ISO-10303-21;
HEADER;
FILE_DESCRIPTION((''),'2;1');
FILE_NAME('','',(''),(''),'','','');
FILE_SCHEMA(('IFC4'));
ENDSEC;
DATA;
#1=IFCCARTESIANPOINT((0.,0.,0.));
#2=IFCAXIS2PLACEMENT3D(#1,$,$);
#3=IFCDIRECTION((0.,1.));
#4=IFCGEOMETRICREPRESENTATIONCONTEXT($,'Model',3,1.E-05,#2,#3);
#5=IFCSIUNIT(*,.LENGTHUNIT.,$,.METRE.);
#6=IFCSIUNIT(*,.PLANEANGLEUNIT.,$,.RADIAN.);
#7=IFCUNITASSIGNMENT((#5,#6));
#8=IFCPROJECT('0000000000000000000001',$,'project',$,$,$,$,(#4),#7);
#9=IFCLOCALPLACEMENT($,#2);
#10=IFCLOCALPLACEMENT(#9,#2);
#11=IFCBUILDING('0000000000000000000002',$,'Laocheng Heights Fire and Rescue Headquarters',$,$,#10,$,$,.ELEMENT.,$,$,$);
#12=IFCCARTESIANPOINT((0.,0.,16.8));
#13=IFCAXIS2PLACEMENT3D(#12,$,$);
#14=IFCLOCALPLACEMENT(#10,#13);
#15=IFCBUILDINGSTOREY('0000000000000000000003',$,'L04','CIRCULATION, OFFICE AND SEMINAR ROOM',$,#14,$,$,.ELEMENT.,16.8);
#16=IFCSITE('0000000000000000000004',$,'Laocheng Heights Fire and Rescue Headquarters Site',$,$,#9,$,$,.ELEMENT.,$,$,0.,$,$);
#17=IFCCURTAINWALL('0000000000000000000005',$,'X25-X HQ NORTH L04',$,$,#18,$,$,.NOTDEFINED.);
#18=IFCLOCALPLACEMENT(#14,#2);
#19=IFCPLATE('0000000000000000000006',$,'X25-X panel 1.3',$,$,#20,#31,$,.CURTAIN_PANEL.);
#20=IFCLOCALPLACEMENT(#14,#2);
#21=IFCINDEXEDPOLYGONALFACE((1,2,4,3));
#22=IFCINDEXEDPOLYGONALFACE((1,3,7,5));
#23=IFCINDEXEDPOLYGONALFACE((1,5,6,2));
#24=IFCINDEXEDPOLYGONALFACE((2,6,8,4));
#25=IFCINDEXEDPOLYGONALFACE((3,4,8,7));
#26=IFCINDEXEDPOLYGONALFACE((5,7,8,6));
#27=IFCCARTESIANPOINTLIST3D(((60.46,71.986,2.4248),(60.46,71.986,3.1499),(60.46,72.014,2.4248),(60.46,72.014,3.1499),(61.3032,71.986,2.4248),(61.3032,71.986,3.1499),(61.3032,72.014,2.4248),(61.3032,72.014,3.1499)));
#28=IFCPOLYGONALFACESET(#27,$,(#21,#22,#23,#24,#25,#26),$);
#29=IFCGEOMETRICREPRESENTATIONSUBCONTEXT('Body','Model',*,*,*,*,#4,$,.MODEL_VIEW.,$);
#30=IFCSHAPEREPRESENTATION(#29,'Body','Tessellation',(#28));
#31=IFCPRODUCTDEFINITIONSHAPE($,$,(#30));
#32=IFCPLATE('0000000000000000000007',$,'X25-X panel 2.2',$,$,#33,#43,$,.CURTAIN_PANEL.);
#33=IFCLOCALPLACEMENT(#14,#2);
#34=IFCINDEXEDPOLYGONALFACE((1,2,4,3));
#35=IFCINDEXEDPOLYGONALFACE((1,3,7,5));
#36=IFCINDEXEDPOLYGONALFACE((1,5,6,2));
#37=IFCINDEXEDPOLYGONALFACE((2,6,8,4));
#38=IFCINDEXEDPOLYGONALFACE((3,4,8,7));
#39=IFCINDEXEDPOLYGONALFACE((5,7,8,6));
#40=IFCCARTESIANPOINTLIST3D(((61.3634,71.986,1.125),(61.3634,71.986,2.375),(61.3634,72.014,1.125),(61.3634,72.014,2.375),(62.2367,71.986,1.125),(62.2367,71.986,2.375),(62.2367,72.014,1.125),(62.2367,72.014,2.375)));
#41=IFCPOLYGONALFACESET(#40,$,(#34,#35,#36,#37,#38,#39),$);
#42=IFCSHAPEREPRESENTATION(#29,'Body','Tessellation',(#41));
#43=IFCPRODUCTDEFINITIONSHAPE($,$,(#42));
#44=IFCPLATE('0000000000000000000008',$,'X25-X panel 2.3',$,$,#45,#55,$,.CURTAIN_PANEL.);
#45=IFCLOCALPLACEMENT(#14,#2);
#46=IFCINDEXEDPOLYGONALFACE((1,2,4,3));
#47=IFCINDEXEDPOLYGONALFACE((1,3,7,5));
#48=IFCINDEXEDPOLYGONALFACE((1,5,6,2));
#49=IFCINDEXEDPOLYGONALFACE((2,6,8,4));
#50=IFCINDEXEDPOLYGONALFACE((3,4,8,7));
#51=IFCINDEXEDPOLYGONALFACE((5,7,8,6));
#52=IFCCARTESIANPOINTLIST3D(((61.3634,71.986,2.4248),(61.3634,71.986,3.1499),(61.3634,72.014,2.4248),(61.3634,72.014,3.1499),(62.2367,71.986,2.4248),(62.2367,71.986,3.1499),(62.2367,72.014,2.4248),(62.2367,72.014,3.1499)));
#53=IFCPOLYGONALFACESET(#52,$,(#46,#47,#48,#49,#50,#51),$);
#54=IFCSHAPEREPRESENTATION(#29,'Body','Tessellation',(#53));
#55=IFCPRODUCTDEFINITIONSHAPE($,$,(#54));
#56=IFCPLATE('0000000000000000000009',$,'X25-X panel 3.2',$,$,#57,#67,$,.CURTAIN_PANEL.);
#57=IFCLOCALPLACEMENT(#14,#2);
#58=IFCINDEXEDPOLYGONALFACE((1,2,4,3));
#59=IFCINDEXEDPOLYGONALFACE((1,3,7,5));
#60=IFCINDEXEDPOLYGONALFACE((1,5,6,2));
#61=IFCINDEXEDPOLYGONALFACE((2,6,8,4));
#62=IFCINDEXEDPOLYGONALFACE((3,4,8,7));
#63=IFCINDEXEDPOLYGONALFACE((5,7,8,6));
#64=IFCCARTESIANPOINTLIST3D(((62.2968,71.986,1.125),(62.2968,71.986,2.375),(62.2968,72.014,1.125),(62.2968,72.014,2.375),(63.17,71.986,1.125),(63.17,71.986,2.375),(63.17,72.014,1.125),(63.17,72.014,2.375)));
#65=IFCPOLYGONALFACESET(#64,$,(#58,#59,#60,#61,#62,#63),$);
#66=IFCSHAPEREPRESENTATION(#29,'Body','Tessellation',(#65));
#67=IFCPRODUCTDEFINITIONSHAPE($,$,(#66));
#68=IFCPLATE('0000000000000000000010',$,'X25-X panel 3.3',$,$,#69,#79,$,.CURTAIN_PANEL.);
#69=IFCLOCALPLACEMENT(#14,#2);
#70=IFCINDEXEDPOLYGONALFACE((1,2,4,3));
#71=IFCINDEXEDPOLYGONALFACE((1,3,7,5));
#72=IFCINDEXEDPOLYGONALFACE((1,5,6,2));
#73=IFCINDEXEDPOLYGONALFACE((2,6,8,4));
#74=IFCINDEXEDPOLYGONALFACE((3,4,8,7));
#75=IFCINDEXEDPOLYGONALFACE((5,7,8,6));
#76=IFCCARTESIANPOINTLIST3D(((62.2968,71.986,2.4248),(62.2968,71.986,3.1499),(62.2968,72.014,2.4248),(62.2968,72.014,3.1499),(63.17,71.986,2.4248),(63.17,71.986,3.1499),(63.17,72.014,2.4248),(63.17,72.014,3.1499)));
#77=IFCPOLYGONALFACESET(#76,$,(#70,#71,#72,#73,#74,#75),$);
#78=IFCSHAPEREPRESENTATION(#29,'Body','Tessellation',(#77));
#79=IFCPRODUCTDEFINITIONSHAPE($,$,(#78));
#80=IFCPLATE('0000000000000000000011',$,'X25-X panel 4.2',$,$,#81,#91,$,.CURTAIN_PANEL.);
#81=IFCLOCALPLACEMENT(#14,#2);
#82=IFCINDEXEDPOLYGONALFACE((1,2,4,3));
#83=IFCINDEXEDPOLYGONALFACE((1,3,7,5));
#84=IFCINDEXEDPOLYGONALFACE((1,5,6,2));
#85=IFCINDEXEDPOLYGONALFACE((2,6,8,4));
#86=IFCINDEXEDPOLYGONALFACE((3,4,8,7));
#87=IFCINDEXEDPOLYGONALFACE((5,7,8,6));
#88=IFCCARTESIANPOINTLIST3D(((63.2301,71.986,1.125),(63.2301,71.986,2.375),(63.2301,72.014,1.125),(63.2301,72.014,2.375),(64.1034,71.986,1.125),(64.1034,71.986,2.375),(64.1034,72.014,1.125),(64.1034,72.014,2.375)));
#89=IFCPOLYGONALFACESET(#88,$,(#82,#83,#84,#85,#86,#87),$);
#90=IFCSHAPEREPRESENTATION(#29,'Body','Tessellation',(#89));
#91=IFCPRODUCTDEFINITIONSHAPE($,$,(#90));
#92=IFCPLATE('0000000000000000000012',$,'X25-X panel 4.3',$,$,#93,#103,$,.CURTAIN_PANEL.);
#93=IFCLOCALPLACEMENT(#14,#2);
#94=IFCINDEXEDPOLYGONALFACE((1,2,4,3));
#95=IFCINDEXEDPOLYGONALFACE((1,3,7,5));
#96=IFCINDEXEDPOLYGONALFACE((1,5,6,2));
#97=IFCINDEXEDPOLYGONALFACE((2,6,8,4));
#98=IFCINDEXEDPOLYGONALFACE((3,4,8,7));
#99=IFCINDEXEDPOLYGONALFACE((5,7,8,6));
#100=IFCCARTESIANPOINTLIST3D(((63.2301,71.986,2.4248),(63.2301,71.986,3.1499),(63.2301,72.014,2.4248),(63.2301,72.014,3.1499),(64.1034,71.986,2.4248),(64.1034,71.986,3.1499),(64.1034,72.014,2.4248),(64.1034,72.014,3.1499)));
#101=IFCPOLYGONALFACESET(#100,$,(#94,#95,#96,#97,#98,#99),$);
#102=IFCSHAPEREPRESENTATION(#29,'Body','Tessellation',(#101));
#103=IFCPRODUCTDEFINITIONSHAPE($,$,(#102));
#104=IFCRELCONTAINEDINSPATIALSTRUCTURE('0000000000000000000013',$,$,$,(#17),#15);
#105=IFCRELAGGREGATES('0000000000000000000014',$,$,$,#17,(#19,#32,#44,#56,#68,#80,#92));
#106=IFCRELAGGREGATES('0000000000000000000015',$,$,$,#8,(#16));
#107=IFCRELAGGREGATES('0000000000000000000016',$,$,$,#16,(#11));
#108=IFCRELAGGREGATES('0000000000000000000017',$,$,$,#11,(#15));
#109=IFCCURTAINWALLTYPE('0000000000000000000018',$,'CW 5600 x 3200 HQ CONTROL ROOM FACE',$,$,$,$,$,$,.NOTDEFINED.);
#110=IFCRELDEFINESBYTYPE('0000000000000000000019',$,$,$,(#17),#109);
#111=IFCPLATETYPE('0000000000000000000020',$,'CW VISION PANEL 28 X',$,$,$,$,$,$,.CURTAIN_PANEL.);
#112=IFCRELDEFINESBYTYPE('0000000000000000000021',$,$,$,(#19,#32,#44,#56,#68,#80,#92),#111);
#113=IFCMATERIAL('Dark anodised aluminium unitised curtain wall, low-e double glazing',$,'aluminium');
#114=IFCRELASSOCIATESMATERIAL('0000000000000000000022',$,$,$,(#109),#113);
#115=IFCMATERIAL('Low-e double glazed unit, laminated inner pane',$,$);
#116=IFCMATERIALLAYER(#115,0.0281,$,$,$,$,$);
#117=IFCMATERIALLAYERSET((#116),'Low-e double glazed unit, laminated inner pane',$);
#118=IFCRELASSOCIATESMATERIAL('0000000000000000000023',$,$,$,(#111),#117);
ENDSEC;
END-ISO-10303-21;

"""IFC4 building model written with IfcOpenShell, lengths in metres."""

from ifc_helpers import new_model, si_unit, direction, frame, origin, origin_2d, place, context, subcontext, project, spatial, rectangle, extrude, material, layer, layer_set, type_object, element, aggregate, save


model = new_model("IFC4")

# Units and contexts
model_context = context("Model", 3, precision=1e-05, world=origin(), true_north=direction((0.0, 1.0)))
body_context = subcontext(model_context, "Body", "Model", "MODEL_VIEW")
ifc_project = project(units=[si_unit("LENGTHUNIT", "METRE"), si_unit("PLANEANGLEUNIT", "RADIAN")], contexts=[model_context])

# Site, building, storey
site_placement = place(None, origin())
site = spatial("IfcSite", under=ifc_project, at=site_placement, Name="Laocheng Heights Fire and Rescue Headquarters Site", CompositionType="ELEMENT", RefElevation=0.0)
building_placement = place(site_placement, origin())
building = spatial("IfcBuilding", under=site, at=building_placement, Name="Laocheng Heights Fire and Rescue Headquarters", CompositionType="ELEMENT")
storey_placement = place(building_placement, frame((0.0, 0.0, 16.8)))
storey = spatial("IfcBuildingStorey", under=building, at=storey_placement, Name="L04", Description="CIRCULATION, OFFICE AND SEMINAR ROOM", CompositionType="ELEMENT", Elevation=16.8)

# Curtain wall, plates
ifc_material_1 = material(Name="Dark anodised aluminium unitised curtain wall, low-e double glazing", Category="aluminium")
curtain_wall_type = type_object("IfcCurtainWallType", Name="CW 5600 x 3200 HQ CONTROL ROOM FACE", PredefinedType="NOTDEFINED", material=ifc_material_1)
curtain_wall_placement = place(storey_placement, origin())
curtain_wall = element("IfcCurtainWall", 1, at=curtain_wall_placement, inside=storey, type_object=curtain_wall_type, Name="X25-X HQ NORTH L04", PredefinedType="NOTDEFINED")
ifc_material_2 = material(Name="Low-e double glazed unit, laminated inner pane")
ifc_layer_1 = layer(ifc_material_2, 0.0281)
ifc_layer_set_1 = layer_set([ifc_layer_1], Name="Low-e double glazed unit, laminated inner pane")
plate_type_1 = type_object("IfcPlateType", Name="CW VISION PANEL 28 X", PredefinedType="CURTAIN_PANEL", material=ifc_layer_set_1)
plate_1_placement = place(storey_placement, frame((60.8816, 72.0, 2.4248), z_axis=(0.0, 0.0, 1.0), x_axis=(1.0, 0.0, 0.0)))
plate_1 = element("IfcPlate", 2, at=plate_1_placement, type_object=plate_type_1, Name="X25-X panel 1.3", PredefinedType="CURTAIN_PANEL", context=body_context, shape_type="SweptSolid", body=[
    extrude(rectangle(XDim=0.8433, YDim=0.0281, at=origin_2d()), origin(), (0.0, 0.0, 1.0), 0.7251),
])
plate_2_placement = place(storey_placement, frame((61.8, 72.0, 1.125), z_axis=(0.0, 0.0, 1.0), x_axis=(1.0, 0.0, 0.0)))
plate_2 = element("IfcPlate", 3, at=plate_2_placement, type_object=plate_type_1, Name="X25-X panel 2.2", PredefinedType="CURTAIN_PANEL", context=body_context, shape_type="SweptSolid", body=[
    extrude(rectangle(XDim=0.8733, YDim=0.0281, at=origin_2d()), origin(), (0.0, 0.0, 1.0), 1.25),
])
plate_3_placement = place(storey_placement, frame((61.8, 72.0, 2.4248), z_axis=(0.0, 0.0, 1.0), x_axis=(1.0, 0.0, 0.0)))
plate_3 = element("IfcPlate", 4, at=plate_3_placement, type_object=plate_type_1, Name="X25-X panel 2.3", PredefinedType="CURTAIN_PANEL", context=body_context, shape_type="SweptSolid", body=[
    extrude(rectangle(XDim=0.8733, YDim=0.0281, at=origin_2d()), origin(), (0.0, 0.0, 1.0), 0.7251),
])
plate_4_placement = place(storey_placement, frame((62.7334, 72.0, 1.125), z_axis=(0.0, 0.0, 1.0), x_axis=(1.0, 0.0, 0.0)))
plate_4 = element("IfcPlate", 5, at=plate_4_placement, type_object=plate_type_1, Name="X25-X panel 3.2", PredefinedType="CURTAIN_PANEL", context=body_context, shape_type="SweptSolid", body=[
    extrude(rectangle(XDim=0.8733, YDim=0.0281, at=origin_2d()), origin(), (0.0, 0.0, 1.0), 1.25),
])
plate_5_placement = place(storey_placement, frame((62.7334, 72.0, 2.4248), z_axis=(0.0, 0.0, 1.0), x_axis=(1.0, 0.0, 0.0)))
plate_5 = element("IfcPlate", 6, at=plate_5_placement, type_object=plate_type_1, Name="X25-X panel 3.3", PredefinedType="CURTAIN_PANEL", context=body_context, shape_type="SweptSolid", body=[
    extrude(rectangle(XDim=0.8733, YDim=0.0281, at=origin_2d()), origin(), (0.0, 0.0, 1.0), 0.7251),
])
plate_6_placement = place(storey_placement, frame((63.6667, 72.0, 1.125), z_axis=(0.0, 0.0, 1.0), x_axis=(1.0, 0.0, 0.0)))
plate_6 = element("IfcPlate", 7, at=plate_6_placement, type_object=plate_type_1, Name="X25-X panel 4.2", PredefinedType="CURTAIN_PANEL", context=body_context, shape_type="SweptSolid", body=[
    extrude(rectangle(XDim=0.8733, YDim=0.0281, at=origin_2d()), origin(), (0.0, 0.0, 1.0), 1.25),
])
plate_7_placement = place(storey_placement, frame((63.6667, 72.0, 2.4248), z_axis=(0.0, 0.0, 1.0), x_axis=(1.0, 0.0, 0.0)))
plate_7 = element("IfcPlate", 8, at=plate_7_placement, type_object=plate_type_1, Name="X25-X panel 4.3", PredefinedType="CURTAIN_PANEL", context=body_context, shape_type="SweptSolid", body=[
    extrude(rectangle(XDim=0.8733, YDim=0.0281, at=origin_2d()), origin(), (0.0, 0.0, 1.0), 0.7251),
])
aggregate(curtain_wall, [plate_1, plate_2, plate_3, plate_4, plate_5, plate_6, plate_7])

save(model, "model.ifc")
